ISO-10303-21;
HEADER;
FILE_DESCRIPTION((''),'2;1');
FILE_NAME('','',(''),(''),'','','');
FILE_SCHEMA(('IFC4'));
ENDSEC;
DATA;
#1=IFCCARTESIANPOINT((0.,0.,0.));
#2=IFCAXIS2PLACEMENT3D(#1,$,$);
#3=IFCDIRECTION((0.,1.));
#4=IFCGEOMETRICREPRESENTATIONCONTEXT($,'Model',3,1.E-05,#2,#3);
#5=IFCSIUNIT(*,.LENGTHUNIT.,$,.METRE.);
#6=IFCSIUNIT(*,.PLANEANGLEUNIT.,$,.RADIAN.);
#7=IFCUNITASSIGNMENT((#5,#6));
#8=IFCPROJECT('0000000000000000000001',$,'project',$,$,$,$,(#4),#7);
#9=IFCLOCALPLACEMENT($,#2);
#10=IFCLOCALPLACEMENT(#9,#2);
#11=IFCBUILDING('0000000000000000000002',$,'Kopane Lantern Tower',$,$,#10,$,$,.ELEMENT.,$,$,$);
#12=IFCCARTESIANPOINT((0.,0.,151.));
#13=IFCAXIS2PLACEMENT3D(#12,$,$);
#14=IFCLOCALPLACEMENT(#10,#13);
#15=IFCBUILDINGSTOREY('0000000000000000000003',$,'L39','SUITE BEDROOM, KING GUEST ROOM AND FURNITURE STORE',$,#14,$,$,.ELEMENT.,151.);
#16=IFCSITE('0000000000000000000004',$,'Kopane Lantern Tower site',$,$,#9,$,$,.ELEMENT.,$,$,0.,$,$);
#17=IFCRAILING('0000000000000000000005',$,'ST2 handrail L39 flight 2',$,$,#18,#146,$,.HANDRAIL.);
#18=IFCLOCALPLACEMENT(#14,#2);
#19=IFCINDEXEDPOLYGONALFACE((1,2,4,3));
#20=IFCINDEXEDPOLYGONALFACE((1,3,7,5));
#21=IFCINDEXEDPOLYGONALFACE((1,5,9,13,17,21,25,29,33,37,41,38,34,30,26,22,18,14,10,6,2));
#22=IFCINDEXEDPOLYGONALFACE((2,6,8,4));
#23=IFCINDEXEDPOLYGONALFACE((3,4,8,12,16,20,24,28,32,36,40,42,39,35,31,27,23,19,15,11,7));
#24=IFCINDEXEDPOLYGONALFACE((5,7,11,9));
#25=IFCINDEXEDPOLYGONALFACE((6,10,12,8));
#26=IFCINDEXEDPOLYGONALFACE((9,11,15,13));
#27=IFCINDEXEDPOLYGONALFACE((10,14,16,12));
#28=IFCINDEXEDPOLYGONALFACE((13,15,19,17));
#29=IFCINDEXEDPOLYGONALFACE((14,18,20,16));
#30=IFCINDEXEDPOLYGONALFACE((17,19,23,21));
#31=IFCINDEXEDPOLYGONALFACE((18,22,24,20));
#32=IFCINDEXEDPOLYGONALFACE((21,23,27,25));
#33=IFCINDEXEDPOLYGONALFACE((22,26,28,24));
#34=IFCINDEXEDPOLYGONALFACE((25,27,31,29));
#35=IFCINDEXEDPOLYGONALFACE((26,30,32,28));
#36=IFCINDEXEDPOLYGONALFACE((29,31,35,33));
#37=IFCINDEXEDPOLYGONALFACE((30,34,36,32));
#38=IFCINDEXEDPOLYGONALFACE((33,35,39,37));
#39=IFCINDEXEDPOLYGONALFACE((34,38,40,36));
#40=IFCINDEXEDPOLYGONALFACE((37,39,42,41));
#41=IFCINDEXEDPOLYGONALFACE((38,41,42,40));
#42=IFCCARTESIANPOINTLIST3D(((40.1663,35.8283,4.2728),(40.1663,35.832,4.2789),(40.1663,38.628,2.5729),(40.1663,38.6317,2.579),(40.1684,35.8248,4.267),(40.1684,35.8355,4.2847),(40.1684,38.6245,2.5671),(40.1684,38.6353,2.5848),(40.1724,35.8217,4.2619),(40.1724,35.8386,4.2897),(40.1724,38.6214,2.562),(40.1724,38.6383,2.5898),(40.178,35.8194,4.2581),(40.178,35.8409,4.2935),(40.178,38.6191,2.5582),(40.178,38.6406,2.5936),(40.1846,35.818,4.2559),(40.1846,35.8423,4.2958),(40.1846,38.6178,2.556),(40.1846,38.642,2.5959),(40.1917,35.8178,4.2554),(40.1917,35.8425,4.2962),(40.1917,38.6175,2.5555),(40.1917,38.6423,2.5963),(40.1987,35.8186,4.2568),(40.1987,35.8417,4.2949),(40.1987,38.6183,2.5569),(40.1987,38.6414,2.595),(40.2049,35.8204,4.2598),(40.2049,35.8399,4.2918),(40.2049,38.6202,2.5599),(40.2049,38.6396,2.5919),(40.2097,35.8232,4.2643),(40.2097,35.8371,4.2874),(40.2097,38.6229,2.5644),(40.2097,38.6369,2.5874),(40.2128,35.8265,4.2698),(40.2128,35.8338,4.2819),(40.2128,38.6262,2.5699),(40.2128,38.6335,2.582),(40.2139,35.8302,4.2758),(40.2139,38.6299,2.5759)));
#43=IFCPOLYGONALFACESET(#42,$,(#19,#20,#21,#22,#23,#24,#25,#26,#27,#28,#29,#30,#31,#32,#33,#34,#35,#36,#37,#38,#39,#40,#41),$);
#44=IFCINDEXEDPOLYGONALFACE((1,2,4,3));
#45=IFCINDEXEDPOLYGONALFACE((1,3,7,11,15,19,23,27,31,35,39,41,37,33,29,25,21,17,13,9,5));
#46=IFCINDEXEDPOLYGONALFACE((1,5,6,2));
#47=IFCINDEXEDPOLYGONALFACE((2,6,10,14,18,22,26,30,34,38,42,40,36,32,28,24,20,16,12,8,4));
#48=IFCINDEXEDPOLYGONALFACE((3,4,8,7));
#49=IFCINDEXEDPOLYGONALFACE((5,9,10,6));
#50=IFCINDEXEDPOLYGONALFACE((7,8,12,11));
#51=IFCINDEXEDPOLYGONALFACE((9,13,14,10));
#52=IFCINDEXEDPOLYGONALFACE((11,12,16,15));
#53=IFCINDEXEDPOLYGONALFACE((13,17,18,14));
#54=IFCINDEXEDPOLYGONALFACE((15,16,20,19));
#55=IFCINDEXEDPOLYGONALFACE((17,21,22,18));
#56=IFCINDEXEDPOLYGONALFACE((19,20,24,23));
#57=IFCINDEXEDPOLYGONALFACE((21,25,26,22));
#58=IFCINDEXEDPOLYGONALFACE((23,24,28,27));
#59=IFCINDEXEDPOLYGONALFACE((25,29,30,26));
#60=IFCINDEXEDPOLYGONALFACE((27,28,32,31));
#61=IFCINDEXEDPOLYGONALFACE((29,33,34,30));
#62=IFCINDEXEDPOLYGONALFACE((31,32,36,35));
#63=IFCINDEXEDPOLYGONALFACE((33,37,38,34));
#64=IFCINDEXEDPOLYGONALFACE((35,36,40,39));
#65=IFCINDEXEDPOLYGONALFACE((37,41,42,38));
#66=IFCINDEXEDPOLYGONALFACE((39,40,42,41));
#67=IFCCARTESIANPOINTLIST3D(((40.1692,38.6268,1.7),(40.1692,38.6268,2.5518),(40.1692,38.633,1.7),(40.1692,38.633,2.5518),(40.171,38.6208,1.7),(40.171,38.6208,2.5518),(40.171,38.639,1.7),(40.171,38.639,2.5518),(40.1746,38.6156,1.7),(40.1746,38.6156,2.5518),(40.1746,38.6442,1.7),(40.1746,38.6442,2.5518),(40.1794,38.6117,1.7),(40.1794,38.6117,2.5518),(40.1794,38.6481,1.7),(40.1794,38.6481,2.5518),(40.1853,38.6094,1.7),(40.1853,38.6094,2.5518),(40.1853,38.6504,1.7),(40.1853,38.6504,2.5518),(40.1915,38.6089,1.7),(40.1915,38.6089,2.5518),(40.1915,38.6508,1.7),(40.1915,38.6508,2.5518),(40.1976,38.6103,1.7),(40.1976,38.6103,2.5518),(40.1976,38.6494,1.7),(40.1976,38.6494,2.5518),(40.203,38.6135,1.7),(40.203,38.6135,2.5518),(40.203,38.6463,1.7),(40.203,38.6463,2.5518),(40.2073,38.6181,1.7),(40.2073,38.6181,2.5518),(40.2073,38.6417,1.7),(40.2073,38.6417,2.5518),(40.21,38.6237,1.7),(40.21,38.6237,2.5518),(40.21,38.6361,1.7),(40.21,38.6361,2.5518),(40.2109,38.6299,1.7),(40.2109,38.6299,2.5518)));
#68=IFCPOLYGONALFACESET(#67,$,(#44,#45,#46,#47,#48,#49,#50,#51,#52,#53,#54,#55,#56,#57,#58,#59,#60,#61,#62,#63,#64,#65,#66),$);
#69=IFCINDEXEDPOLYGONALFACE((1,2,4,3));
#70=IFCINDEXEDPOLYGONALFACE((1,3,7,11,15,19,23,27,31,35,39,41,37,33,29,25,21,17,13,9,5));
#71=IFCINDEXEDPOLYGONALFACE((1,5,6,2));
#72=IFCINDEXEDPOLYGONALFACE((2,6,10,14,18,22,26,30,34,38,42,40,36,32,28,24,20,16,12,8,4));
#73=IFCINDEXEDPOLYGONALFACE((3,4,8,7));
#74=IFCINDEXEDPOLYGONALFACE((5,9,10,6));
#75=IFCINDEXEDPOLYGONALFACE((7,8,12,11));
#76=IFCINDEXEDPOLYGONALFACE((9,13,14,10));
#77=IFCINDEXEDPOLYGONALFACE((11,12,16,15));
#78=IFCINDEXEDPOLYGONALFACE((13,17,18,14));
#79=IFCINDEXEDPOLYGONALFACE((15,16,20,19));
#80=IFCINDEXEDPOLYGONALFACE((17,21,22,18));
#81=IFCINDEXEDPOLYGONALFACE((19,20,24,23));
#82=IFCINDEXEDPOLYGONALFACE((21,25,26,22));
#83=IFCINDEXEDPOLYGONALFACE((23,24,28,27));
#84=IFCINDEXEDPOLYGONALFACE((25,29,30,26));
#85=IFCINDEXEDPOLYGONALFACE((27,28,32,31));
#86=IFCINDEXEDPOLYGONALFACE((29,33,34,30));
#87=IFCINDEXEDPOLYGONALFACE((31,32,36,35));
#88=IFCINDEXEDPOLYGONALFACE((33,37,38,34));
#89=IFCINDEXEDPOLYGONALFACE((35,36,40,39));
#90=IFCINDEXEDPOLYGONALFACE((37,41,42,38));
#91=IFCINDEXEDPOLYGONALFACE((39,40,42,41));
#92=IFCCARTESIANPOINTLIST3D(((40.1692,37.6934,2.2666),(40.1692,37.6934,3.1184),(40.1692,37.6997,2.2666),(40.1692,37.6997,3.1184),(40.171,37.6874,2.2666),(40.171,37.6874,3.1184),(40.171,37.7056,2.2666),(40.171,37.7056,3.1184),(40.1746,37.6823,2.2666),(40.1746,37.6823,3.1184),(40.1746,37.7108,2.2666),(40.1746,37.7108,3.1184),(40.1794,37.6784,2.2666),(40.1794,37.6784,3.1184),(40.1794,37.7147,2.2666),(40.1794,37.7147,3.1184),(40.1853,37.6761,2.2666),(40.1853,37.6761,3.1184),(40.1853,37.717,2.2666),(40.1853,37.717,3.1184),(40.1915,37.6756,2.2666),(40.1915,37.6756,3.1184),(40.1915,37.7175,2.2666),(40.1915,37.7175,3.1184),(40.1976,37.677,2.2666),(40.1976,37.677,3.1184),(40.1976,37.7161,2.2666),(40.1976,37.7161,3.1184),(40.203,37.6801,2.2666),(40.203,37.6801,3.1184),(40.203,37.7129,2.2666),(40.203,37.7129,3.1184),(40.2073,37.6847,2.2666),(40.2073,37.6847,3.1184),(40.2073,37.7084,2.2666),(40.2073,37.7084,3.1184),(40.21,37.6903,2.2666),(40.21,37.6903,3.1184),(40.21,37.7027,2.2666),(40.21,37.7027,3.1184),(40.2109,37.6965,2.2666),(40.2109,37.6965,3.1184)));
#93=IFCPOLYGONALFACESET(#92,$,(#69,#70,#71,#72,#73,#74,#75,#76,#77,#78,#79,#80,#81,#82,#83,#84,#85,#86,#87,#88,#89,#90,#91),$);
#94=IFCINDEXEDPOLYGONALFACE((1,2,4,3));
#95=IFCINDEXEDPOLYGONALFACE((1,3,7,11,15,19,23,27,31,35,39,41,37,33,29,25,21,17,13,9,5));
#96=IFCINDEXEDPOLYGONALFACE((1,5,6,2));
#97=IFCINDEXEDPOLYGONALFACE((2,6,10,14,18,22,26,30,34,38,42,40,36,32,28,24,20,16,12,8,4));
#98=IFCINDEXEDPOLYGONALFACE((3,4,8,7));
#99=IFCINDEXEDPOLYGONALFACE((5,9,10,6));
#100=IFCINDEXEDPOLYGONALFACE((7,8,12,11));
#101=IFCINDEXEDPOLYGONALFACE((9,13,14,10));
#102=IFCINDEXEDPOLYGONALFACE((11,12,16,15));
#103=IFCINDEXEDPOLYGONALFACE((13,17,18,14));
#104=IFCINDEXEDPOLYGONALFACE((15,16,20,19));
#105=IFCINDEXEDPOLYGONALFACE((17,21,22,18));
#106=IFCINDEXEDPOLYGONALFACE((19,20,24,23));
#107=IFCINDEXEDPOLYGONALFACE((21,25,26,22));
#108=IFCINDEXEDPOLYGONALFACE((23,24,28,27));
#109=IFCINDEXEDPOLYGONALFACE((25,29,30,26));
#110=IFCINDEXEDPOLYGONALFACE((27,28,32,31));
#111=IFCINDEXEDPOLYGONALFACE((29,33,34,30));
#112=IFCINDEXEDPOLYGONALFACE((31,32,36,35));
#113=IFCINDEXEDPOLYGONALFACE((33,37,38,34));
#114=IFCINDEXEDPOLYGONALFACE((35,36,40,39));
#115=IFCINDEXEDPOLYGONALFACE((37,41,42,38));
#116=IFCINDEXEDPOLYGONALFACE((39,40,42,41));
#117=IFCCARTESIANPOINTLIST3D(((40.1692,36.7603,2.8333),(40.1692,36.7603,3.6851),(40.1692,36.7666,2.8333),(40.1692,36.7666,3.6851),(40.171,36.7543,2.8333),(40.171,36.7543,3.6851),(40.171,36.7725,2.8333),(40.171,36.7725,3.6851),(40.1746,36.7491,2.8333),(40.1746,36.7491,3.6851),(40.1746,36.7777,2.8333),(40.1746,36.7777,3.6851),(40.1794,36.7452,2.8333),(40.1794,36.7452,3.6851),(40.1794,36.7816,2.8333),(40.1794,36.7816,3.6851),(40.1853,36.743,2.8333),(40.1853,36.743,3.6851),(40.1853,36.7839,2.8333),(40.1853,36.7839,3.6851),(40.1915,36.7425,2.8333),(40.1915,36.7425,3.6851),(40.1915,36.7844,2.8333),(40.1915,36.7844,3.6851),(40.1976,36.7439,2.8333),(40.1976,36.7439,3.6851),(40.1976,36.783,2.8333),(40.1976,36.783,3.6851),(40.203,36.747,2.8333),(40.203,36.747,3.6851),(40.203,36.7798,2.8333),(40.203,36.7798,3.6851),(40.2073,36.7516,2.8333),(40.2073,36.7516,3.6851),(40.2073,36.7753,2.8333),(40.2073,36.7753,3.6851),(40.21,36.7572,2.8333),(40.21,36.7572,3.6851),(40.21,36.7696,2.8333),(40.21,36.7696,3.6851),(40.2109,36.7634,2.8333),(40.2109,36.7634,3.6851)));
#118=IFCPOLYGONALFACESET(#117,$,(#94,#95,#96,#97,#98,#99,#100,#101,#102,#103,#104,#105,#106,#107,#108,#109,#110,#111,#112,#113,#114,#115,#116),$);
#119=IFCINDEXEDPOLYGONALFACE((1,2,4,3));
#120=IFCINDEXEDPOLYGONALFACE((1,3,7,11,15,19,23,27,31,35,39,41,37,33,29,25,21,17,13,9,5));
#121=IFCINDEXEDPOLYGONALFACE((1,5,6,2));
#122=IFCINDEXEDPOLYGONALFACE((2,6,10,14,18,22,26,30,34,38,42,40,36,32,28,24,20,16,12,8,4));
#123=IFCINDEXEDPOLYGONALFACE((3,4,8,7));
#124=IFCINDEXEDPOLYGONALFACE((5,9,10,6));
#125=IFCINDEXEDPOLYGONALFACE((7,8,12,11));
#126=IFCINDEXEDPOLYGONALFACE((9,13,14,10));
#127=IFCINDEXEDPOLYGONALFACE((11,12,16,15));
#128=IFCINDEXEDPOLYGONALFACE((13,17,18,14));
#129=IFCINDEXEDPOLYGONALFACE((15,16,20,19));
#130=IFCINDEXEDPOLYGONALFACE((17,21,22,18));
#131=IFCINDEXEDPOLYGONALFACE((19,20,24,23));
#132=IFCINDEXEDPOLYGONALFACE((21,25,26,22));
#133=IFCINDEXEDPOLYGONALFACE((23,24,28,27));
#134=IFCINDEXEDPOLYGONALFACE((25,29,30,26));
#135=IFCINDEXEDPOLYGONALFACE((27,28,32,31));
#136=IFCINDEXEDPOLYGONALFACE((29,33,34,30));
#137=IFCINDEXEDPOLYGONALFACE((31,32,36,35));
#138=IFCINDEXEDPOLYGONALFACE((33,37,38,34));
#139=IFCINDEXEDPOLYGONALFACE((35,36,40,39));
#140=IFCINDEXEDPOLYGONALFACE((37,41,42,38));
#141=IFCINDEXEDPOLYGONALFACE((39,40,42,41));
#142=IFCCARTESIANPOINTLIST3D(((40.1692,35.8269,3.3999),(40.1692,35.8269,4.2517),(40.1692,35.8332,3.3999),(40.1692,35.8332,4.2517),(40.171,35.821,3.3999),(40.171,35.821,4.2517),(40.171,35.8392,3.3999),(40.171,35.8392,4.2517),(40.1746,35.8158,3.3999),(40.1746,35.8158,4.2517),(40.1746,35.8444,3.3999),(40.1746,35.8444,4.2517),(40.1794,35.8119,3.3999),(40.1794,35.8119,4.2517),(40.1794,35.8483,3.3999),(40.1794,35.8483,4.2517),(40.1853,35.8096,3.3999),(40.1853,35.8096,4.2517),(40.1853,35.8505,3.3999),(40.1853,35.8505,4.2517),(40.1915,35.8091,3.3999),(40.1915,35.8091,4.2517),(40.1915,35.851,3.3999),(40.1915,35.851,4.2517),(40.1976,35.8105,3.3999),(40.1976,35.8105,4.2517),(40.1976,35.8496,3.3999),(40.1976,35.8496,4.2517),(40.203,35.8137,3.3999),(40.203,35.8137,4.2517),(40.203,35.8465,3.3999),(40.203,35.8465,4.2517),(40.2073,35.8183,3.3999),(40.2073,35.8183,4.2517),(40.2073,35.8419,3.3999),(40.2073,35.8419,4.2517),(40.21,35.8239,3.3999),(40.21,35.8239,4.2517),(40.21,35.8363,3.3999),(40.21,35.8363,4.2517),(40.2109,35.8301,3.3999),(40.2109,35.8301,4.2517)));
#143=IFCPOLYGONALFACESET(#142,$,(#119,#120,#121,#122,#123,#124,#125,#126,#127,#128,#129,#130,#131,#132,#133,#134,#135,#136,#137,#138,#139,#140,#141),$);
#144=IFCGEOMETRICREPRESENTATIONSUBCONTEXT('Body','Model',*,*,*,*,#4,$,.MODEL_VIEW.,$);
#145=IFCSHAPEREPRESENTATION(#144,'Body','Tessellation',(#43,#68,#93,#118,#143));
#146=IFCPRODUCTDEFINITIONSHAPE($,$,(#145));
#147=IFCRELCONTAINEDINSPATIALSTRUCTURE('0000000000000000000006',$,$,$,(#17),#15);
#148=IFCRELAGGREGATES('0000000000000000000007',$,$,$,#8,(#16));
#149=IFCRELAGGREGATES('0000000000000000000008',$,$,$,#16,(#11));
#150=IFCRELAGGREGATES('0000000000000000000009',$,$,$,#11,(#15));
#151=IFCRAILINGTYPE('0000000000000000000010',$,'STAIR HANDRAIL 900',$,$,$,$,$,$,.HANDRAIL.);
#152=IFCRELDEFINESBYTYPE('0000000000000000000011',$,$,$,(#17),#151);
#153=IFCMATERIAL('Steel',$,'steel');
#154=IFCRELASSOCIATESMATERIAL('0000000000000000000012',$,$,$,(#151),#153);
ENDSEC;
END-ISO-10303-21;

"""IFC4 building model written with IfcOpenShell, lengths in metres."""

from ifc_helpers import new_model, si_unit, direction, frame, origin, origin_2d, place, context, subcontext, project, spatial, circle, extrude, material, type_object, element, save


model = new_model("IFC4")

# Units and contexts
model_context = context("Model", 3, precision=1e-05, world=origin(), true_north=direction((0.0, 1.0)))
body_context = subcontext(model_context, "Body", "Model", "MODEL_VIEW")
ifc_project = project(units=[si_unit("LENGTHUNIT", "METRE"), si_unit("PLANEANGLEUNIT", "RADIAN")], contexts=[model_context])

# Site, building, storey
site_placement = place(None, origin())
site = spatial("IfcSite", under=ifc_project, at=site_placement, Name="Kopane Lantern Tower site", CompositionType="ELEMENT", RefElevation=0.0)
building_placement = place(site_placement, origin())
building = spatial("IfcBuilding", under=site, at=building_placement, Name="Kopane Lantern Tower", CompositionType="ELEMENT")
storey_placement = place(building_placement, frame((0.0, 0.0, 151.0)))
storey = spatial("IfcBuildingStorey", under=building, at=storey_placement, Name="L39", Description="SUITE BEDROOM, KING GUEST ROOM AND FURNITURE STORE", CompositionType="ELEMENT", Elevation=151.0)

# Railing
ifc_material_1 = material(Name="Steel", Category="steel")
railing_type_1 = type_object("IfcRailingType", Name="STAIR HANDRAIL 900", PredefinedType="HANDRAIL", material=ifc_material_1)
for number, where, name in (
    (1, (40.1899, 38.6299, 1.7), "ST2 handrail L39 flight 2"),
):
    element("IfcRailing", number, at=place(storey_placement, frame(where)), inside=storey, type_object=railing_type_1, Name=name, PredefinedType="HANDRAIL", context=body_context, shape_type="SweptSolid", body=[
        extrude(circle(Radius=0.0239, at=origin_2d()), frame((0.0, 0.0, 0.876), z_axis=(0.0, -0.854778, 0.518994), x_axis=(1.0, 0.0, 0.0)), (0.0, 0.0, 1.0), 3.2754),
        extrude(circle(Radius=0.021, at=origin_2d()), origin(), (0.0, 0.0, 1.0), 0.8518),
        extrude(circle(Radius=0.021, at=origin_2d()), frame((0.0, -0.9333, 0.5667)), (0.0, 0.0, 1.0), 0.8518),
        extrude(circle(Radius=0.021, at=origin_2d()), frame((0.0, -1.8665, 1.1333)), (0.0, 0.0, 1.0), 0.8518),
        extrude(circle(Radius=0.021, at=origin_2d()), frame((0.0, -2.7998, 1.7)), (0.0, 0.0, 1.0), 0.8518),
    ])

save(model, "model.ifc")
